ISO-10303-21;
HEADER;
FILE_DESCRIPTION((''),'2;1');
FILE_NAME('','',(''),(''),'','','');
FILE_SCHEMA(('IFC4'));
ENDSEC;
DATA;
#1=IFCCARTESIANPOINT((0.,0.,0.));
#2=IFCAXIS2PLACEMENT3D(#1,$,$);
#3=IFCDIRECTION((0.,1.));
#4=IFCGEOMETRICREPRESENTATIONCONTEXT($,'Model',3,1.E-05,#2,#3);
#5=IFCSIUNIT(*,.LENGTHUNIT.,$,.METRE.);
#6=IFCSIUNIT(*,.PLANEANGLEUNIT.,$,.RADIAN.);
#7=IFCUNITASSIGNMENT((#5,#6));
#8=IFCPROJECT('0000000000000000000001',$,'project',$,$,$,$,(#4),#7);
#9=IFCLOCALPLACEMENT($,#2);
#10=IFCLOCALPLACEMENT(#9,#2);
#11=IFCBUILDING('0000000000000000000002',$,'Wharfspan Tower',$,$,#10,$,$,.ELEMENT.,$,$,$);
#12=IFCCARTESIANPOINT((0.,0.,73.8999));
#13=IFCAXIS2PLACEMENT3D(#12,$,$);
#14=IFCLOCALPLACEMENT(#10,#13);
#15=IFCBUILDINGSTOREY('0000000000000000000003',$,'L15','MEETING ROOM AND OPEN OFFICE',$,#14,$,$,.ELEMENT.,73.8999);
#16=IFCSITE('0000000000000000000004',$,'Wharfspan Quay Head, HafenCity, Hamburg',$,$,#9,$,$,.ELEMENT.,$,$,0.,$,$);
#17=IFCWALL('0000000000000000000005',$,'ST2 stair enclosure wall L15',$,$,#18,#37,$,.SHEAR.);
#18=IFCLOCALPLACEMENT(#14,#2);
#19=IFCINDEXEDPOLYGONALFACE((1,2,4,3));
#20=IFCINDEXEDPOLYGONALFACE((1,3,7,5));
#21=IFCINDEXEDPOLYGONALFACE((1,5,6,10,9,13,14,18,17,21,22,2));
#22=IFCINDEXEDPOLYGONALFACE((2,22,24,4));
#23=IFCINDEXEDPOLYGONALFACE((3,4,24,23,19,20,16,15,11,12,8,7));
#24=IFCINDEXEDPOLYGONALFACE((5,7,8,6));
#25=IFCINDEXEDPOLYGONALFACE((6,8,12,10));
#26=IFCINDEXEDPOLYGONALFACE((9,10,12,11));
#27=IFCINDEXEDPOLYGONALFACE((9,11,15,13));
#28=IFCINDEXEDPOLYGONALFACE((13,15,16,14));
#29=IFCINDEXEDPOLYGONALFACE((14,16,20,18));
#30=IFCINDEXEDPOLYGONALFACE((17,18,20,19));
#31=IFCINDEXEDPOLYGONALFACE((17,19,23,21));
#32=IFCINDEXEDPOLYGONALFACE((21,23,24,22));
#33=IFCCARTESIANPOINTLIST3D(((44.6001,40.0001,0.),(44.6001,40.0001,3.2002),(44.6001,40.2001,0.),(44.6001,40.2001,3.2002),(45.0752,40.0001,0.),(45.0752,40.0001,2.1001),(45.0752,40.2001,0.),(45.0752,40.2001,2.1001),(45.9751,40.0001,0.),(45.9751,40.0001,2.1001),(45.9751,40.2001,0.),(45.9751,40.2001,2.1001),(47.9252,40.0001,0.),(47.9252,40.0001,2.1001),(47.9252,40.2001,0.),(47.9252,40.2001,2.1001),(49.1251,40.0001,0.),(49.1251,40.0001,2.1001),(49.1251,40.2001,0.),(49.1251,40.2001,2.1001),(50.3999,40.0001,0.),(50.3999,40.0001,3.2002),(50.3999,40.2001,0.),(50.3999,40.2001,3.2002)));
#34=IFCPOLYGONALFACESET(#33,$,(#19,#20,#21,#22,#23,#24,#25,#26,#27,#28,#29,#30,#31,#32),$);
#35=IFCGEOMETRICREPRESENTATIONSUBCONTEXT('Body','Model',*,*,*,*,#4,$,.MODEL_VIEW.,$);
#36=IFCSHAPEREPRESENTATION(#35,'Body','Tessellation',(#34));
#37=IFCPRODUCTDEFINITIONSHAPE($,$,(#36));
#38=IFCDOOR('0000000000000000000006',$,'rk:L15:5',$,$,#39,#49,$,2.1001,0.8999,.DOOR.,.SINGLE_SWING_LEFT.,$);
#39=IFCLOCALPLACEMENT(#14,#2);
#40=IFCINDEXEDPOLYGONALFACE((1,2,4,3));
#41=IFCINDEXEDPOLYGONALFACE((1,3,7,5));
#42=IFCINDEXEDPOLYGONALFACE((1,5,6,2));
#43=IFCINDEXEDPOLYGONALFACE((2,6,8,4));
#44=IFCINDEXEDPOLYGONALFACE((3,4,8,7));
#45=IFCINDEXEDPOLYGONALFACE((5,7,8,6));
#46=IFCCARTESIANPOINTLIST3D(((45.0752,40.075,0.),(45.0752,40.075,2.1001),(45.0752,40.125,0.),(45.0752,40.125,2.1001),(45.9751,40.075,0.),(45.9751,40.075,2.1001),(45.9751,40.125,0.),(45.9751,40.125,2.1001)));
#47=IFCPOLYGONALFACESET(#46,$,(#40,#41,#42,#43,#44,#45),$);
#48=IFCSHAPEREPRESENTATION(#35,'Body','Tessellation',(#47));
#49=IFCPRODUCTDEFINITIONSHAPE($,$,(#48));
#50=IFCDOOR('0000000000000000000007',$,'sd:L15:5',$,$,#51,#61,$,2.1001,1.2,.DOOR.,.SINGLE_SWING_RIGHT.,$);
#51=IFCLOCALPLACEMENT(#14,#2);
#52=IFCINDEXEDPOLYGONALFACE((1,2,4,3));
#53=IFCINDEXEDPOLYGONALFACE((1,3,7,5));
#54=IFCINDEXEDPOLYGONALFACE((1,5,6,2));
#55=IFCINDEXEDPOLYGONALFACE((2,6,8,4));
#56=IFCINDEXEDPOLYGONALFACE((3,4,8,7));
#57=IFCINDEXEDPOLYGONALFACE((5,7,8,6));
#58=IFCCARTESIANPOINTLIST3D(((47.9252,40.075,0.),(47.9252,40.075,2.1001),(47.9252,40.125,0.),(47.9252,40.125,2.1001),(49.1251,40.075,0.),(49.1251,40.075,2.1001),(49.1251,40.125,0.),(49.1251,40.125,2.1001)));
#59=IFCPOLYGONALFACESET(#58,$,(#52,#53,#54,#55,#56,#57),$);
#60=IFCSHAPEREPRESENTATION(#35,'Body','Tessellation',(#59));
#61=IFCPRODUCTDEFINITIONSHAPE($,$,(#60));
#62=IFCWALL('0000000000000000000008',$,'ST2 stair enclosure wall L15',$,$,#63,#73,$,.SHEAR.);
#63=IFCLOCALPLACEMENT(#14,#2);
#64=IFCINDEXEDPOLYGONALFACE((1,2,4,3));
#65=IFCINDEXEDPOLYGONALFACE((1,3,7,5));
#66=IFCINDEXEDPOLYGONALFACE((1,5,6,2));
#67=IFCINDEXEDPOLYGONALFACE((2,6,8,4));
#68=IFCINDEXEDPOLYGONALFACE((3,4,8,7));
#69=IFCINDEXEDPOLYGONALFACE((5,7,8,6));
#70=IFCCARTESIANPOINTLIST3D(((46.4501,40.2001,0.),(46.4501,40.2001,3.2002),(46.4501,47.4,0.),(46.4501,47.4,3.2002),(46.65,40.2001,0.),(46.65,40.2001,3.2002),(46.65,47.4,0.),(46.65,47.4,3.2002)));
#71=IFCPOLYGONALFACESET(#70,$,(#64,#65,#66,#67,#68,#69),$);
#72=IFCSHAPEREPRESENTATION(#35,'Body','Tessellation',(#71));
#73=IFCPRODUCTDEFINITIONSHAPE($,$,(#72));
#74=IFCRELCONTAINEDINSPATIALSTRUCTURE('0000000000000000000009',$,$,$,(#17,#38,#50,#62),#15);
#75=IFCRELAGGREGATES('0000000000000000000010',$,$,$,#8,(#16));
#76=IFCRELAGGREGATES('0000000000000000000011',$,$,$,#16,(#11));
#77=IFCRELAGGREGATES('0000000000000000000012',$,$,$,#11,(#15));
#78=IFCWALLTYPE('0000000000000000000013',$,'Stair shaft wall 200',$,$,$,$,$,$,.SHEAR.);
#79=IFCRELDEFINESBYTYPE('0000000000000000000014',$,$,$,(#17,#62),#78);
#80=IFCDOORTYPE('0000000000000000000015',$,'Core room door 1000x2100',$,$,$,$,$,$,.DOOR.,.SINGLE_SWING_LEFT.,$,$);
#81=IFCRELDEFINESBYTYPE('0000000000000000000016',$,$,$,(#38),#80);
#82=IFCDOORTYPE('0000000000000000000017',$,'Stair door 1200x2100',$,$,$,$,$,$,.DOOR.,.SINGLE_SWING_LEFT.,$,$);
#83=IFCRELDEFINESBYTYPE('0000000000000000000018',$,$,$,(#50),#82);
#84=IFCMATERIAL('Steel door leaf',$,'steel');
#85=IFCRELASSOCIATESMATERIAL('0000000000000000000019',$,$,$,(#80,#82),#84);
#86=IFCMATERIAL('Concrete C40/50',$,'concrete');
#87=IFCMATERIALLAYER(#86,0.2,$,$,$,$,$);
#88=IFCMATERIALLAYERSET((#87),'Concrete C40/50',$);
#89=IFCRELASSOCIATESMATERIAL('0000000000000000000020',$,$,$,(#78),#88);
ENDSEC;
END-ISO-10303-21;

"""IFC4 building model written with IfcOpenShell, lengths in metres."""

from ifc_helpers import new_model, si_unit, direction, frame, frame_2d, origin, place, context, subcontext, project, spatial, rectangle, extrude, material, layer, layer_set, type_object, element, fill, save


model = new_model("IFC4")

# Units and contexts
model_context = context("Model", 3, precision=1e-05, world=origin(), true_north=direction((0.0, 1.0)))
body_context = subcontext(model_context, "Body", "Model", "MODEL_VIEW")
ifc_project = project(units=[si_unit("LENGTHUNIT", "METRE"), si_unit("PLANEANGLEUNIT", "RADIAN")], contexts=[model_context])

# Site, building, storey
site_placement = place(None, origin())
site = spatial("IfcSite", under=ifc_project, at=site_placement, Name="Wharfspan Quay Head, HafenCity, Hamburg", CompositionType="ELEMENT", RefElevation=0.0)
building_placement = place(site_placement, origin())
building = spatial("IfcBuilding", under=site, at=building_placement, Name="Wharfspan Tower", CompositionType="ELEMENT")
storey_placement = place(building_placement, frame((0.0, 0.0, 73.8999)))
storey = spatial("IfcBuildingStorey", under=building, at=storey_placement, Name="L15", Description="MEETING ROOM AND OPEN OFFICE", CompositionType="ELEMENT", Elevation=73.8999)

# Shared definitions
ifc_material_1 = material(Name="Steel door leaf", Category="steel")
door_type_1 = type_object("IfcDoorType", Name="Core room door 1000x2100", OperationType="SINGLE_SWING_LEFT", PredefinedType="DOOR", material=ifc_material_1)

# Wall, openings, doors
ifc_material_2 = material(Name="Concrete C40/50", Category="concrete")
ifc_layer_1 = layer(ifc_material_2, 0.2)
ifc_layer_set_1 = layer_set([ifc_layer_1], Name="Concrete C40/50")
wall_type_1 = type_object("IfcWallType", Name="Stair shaft wall 200", PredefinedType="SHEAR", material=ifc_layer_set_1)
wall_1_placement = place(storey_placement, frame((44.6001, 40.1001, 0.0), z_axis=(0.0, 0.0, 1.0), x_axis=(1.0, 0.0, 0.0)))
wall_1 = element("IfcWall", 1, at=wall_1_placement, inside=storey, type_object=wall_type_1, Name="ST2 stair enclosure wall L15", PredefinedType="SHEAR", context=body_context, shape_type="SweptSolid", body=[
    extrude(rectangle(XDim=5.7998, YDim=0.2, at=frame_2d((2.8999, 0.0))), origin(), (0.0, 0.0, 1.0), 3.2002),
])
opening_1_placement = place(wall_1_placement, frame((3.325, 0.0, 0.0)))
opening_1 = element("IfcOpeningElement", 2, at=opening_1_placement, cuts=wall_1, PredefinedType="OPENING", context=body_context, shape_type="SweptSolid", body=[
    extrude(rectangle(XDim=1.2, YDim=2.1001, at=frame_2d((0.6001, 1.05))), frame((0.0, 0.1099, 0.0), z_axis=(0.0, -1.0, 0.0), x_axis=(1.0, 0.0, 0.0)), (0.0, 0.0, 1.0), 0.22),
])
opening_2_placement = place(wall_1_placement, frame((0.4751, 0.0, 0.0)))
opening_2 = element("IfcOpeningElement", 3, at=opening_2_placement, cuts=wall_1, PredefinedType="OPENING", context=body_context, shape_type="SweptSolid", body=[
    extrude(rectangle(XDim=0.8999, YDim=2.1001, at=frame_2d((0.45, 1.05))), frame((0.0, 0.1099, 0.0), z_axis=(0.0, -1.0, 0.0), x_axis=(1.0, 0.0, 0.0)), (0.0, 0.0, 1.0), 0.22),
])
door_1_placement = place(opening_2_placement, origin())
door_1 = element("IfcDoor", 4, at=door_1_placement, inside=storey, type_object=door_type_1, Name="rk:L15:5", OperationType="SINGLE_SWING_LEFT", OverallHeight=2.1001, OverallWidth=0.8999, PredefinedType="DOOR", context=body_context, shape_type="SweptSolid", body=[
    extrude(rectangle(XDim=0.8999, YDim=2.1001, at=frame_2d((0.45, 1.05))), frame((0.0, 0.0249, 0.0), z_axis=(0.0, -1.0, 0.0), x_axis=(1.0, 0.0, 0.0)), (0.0, 0.0, 1.0), 0.05),
])
fill(opening_2, door_1)
door_type_2 = type_object("IfcDoorType", Name="Stair door 1200x2100", OperationType="SINGLE_SWING_LEFT", PredefinedType="DOOR", material=ifc_material_1)
door_2_placement = place(opening_1_placement, origin())
door_2 = element("IfcDoor", 5, at=door_2_placement, inside=storey, type_object=door_type_2, Name="sd:L15:5", OperationType="SINGLE_SWING_RIGHT", OverallHeight=2.1001, OverallWidth=1.2, PredefinedType="DOOR", context=body_context, shape_type="SweptSolid", body=[
    extrude(rectangle(XDim=1.2, YDim=2.1001, at=frame_2d((0.6001, 1.05))), frame((0.0, 0.0249, 0.0), z_axis=(0.0, -1.0, 0.0), x_axis=(1.0, 0.0, 0.0)), (0.0, 0.0, 1.0), 0.05),
])
fill(opening_1, door_2)

# Wall
wall_2_placement = place(storey_placement, frame((46.55, 40.2, 0.0), z_axis=(0.0, 0.0, 1.0), x_axis=(0.0, 1.0, 0.0)))
element("IfcWall", 6, at=wall_2_placement, inside=storey, type_object=wall_type_1, Name="ST2 stair enclosure wall L15", PredefinedType="SHEAR", context=body_context, shape_type="SweptSolid", body=[
    extrude(rectangle(XDim=7.2, YDim=0.2, at=frame_2d((3.6001, 0.0))), origin(), (0.0, 0.0, 1.0), 3.2002),
])

save(model, "model.ifc")
